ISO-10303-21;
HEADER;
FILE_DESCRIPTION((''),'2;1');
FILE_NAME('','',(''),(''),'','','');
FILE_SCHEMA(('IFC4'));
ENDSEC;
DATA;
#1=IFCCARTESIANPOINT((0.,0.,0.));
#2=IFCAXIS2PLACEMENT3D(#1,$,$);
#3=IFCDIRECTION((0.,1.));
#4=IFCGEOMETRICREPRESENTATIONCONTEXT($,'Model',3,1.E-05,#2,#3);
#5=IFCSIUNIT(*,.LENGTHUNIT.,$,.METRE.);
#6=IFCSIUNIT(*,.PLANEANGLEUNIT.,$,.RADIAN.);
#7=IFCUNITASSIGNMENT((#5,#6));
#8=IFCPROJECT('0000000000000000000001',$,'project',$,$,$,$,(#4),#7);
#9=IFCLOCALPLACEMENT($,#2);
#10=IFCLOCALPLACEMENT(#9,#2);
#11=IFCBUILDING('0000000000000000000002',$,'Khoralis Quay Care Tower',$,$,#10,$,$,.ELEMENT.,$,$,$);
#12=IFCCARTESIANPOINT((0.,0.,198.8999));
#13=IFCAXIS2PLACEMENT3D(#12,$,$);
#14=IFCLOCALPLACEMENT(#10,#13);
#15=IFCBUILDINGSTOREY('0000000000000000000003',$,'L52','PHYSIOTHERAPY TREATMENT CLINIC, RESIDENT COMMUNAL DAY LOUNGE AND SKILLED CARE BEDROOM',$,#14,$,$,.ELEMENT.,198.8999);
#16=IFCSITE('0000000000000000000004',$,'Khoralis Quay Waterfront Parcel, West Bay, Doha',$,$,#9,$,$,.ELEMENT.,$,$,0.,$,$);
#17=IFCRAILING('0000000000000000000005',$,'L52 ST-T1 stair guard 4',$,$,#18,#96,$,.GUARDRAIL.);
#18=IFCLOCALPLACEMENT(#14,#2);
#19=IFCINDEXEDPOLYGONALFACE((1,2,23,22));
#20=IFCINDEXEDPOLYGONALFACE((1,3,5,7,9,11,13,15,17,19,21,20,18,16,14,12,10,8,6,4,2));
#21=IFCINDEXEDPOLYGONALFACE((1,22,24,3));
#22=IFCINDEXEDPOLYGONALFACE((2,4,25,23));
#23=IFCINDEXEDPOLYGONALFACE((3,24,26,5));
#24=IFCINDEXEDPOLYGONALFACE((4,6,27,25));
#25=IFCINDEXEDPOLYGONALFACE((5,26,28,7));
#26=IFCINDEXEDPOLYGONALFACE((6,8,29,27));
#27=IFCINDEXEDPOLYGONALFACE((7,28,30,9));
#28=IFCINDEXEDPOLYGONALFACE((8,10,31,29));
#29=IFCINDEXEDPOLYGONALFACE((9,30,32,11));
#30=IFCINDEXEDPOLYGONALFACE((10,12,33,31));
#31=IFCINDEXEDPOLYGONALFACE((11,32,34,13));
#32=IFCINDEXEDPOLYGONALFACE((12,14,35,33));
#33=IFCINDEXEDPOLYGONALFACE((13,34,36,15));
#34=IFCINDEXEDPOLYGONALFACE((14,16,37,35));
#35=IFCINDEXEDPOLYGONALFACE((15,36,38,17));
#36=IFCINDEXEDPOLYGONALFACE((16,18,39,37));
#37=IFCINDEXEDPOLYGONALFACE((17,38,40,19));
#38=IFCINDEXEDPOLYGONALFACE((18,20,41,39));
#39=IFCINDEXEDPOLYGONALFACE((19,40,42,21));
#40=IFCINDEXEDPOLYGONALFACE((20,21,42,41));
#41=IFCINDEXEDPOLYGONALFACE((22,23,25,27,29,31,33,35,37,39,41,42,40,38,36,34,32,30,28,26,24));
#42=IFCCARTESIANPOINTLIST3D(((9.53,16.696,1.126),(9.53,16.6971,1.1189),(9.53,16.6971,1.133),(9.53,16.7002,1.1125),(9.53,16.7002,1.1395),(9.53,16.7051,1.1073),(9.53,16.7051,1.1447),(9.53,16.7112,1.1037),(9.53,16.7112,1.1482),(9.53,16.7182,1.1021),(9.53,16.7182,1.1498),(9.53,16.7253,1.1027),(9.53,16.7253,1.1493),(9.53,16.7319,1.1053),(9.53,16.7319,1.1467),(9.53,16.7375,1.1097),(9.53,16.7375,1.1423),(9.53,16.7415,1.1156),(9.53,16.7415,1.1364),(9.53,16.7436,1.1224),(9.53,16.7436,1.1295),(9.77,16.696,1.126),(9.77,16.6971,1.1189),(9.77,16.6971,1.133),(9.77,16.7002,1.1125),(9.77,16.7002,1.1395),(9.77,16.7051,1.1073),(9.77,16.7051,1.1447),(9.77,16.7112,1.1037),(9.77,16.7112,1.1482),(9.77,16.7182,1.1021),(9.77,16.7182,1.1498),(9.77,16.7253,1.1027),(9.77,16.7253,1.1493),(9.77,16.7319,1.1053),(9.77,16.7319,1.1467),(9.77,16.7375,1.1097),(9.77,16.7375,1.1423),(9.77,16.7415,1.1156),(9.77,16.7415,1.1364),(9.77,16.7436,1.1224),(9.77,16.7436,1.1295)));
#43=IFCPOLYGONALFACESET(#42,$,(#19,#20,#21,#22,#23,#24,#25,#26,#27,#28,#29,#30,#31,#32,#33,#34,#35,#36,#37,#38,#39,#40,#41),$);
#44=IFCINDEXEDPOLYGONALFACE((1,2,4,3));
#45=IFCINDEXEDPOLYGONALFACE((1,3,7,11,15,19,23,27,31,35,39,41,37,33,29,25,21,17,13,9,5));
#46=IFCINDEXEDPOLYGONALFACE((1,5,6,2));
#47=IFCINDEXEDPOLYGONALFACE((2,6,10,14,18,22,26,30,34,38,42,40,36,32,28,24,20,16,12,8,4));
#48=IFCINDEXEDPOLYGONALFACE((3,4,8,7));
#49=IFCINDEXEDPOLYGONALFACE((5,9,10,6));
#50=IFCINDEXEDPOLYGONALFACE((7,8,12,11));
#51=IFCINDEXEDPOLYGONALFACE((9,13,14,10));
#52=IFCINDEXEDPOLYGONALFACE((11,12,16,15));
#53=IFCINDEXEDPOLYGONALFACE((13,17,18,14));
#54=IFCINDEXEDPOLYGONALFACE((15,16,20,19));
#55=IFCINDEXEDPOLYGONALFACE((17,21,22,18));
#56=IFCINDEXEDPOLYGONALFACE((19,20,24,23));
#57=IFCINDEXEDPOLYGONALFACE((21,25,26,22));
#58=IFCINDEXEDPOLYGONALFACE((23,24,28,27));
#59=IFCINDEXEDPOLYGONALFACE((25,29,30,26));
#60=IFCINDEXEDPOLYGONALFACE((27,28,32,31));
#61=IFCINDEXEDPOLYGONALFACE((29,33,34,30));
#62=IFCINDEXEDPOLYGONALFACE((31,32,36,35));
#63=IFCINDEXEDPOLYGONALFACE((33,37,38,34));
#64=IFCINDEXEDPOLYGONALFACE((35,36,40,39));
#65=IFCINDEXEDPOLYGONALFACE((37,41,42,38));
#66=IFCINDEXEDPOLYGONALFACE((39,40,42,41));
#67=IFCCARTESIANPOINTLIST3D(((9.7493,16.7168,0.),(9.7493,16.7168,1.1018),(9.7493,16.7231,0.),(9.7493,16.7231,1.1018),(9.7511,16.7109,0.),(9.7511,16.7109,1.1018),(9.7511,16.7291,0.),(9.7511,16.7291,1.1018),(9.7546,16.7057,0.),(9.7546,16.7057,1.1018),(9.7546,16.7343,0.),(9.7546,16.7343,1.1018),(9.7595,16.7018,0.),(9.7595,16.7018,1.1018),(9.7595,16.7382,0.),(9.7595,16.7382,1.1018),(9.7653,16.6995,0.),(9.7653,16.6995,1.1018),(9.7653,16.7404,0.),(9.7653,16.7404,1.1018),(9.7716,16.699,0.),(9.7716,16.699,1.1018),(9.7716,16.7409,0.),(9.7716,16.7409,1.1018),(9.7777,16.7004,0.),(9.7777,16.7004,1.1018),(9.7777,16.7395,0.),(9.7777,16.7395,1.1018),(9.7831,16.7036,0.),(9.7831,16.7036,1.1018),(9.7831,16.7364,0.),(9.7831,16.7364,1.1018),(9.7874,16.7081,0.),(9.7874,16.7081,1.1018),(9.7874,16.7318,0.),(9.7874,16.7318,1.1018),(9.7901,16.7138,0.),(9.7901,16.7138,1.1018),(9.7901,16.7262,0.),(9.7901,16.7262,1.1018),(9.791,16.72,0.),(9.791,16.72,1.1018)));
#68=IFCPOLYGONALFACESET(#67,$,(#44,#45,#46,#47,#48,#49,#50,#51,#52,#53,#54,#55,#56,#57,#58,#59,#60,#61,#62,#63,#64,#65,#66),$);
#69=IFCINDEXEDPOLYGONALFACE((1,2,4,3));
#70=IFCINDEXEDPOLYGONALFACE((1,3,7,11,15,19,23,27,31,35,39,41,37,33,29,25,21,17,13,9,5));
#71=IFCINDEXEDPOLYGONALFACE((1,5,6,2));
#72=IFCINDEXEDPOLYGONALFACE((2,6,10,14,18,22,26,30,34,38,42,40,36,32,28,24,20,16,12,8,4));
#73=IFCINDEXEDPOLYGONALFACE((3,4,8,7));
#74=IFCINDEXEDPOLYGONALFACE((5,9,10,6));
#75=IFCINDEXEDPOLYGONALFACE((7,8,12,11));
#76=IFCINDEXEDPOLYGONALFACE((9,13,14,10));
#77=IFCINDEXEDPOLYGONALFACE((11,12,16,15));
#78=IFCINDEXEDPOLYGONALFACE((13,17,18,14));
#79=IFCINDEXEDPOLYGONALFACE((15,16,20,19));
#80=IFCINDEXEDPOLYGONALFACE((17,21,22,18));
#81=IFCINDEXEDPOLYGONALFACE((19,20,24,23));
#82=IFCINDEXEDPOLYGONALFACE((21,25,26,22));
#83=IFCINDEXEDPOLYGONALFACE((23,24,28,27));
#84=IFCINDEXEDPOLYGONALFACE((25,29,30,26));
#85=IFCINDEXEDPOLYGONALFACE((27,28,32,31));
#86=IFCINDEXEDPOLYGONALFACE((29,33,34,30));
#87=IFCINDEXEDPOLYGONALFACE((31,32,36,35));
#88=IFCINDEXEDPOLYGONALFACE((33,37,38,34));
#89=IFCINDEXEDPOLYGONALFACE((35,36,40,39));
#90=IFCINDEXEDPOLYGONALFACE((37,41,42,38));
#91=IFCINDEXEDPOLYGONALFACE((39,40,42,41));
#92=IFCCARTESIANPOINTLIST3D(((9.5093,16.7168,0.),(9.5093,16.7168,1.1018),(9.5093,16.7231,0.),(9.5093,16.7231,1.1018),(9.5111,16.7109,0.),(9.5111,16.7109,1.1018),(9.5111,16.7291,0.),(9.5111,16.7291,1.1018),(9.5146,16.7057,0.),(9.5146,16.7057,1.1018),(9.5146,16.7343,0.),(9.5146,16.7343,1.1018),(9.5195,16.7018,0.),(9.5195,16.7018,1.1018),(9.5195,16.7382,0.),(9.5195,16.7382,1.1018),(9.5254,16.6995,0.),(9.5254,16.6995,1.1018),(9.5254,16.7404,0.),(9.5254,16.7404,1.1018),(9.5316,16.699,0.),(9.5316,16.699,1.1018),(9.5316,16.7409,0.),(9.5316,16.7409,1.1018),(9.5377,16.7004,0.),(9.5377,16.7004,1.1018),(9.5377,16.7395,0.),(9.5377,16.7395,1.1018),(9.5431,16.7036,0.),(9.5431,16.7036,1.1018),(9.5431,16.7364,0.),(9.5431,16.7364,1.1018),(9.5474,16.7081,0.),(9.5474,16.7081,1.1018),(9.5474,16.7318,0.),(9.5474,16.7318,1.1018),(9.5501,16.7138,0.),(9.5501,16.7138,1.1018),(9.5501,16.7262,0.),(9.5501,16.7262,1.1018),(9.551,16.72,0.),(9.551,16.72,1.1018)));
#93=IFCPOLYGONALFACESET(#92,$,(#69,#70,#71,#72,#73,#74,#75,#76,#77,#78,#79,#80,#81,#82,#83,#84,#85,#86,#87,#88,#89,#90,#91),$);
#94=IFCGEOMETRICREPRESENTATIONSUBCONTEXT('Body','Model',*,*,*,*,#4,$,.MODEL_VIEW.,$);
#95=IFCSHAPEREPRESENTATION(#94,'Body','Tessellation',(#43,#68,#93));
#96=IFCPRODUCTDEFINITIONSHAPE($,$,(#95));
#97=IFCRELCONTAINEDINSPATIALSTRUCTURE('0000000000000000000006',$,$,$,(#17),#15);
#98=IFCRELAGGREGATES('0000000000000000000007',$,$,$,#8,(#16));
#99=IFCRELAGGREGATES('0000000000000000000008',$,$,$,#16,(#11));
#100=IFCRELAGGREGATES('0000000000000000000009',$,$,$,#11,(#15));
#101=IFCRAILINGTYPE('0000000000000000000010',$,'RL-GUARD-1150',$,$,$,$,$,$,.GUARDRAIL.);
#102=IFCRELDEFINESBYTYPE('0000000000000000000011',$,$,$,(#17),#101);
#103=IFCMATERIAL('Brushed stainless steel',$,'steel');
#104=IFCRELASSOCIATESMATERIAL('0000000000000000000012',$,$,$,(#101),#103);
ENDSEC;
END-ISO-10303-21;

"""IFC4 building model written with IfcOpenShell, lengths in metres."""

from ifc_helpers import new_model, si_unit, direction, frame, origin, origin_2d, place, context, subcontext, project, spatial, circle, extrude, material, type_object, element, save


model = new_model("IFC4")

# Units and contexts
model_context = context("Model", 3, precision=1e-05, world=origin(), true_north=direction((0.0, 1.0)))
body_context = subcontext(model_context, "Body", "Model", "MODEL_VIEW")
ifc_project = project(units=[si_unit("LENGTHUNIT", "METRE"), si_unit("PLANEANGLEUNIT", "RADIAN")], contexts=[model_context])

# Site, building, storey
site_placement = place(None, origin())
site = spatial("IfcSite", under=ifc_project, at=site_placement, Name="Khoralis Quay Waterfront Parcel, West Bay, Doha", CompositionType="ELEMENT", RefElevation=0.0)
building_placement = place(site_placement, origin())
building = spatial("IfcBuilding", under=site, at=building_placement, Name="Khoralis Quay Care Tower", CompositionType="ELEMENT")
storey_placement = place(building_placement, frame((0.0, 0.0, 198.8999)))
storey = spatial("IfcBuildingStorey", under=building, at=storey_placement, Name="L52", Description="PHYSIOTHERAPY TREATMENT CLINIC, RESIDENT COMMUNAL DAY LOUNGE AND SKILLED CARE BEDROOM", CompositionType="ELEMENT", Elevation=198.8999)

# Railing
ifc_material_1 = material(Name="Brushed stainless steel", Category="steel")
railing_type_1 = type_object("IfcRailingType", Name="RL-GUARD-1150", PredefinedType="GUARDRAIL", material=ifc_material_1)
railing_1_placement = place(storey_placement, frame((9.77, 16.72, 0.0)))
element("IfcRailing", 1, at=railing_1_placement, inside=storey, type_object=railing_type_1, Name="L52 ST-T1 stair guard 4", PredefinedType="GUARDRAIL", context=body_context, shape_type="SweptSolid", body=[
    extrude(circle(Radius=0.0239, at=origin_2d()), frame((0.0, 0.0, 1.126), z_axis=(-1.0, 0.0, 0.0), x_axis=(0.0, -1.0, 0.0)), (0.0, 0.0, 1.0), 0.24),
    extrude(circle(Radius=0.021, at=origin_2d()), origin(), (0.0, 0.0, 1.0), 1.1018),
    extrude(circle(Radius=0.021, at=origin_2d()), frame((-0.24, 0.0, 0.0)), (0.0, 0.0, 1.0), 1.1018),
])

save(model, "model.ifc")
